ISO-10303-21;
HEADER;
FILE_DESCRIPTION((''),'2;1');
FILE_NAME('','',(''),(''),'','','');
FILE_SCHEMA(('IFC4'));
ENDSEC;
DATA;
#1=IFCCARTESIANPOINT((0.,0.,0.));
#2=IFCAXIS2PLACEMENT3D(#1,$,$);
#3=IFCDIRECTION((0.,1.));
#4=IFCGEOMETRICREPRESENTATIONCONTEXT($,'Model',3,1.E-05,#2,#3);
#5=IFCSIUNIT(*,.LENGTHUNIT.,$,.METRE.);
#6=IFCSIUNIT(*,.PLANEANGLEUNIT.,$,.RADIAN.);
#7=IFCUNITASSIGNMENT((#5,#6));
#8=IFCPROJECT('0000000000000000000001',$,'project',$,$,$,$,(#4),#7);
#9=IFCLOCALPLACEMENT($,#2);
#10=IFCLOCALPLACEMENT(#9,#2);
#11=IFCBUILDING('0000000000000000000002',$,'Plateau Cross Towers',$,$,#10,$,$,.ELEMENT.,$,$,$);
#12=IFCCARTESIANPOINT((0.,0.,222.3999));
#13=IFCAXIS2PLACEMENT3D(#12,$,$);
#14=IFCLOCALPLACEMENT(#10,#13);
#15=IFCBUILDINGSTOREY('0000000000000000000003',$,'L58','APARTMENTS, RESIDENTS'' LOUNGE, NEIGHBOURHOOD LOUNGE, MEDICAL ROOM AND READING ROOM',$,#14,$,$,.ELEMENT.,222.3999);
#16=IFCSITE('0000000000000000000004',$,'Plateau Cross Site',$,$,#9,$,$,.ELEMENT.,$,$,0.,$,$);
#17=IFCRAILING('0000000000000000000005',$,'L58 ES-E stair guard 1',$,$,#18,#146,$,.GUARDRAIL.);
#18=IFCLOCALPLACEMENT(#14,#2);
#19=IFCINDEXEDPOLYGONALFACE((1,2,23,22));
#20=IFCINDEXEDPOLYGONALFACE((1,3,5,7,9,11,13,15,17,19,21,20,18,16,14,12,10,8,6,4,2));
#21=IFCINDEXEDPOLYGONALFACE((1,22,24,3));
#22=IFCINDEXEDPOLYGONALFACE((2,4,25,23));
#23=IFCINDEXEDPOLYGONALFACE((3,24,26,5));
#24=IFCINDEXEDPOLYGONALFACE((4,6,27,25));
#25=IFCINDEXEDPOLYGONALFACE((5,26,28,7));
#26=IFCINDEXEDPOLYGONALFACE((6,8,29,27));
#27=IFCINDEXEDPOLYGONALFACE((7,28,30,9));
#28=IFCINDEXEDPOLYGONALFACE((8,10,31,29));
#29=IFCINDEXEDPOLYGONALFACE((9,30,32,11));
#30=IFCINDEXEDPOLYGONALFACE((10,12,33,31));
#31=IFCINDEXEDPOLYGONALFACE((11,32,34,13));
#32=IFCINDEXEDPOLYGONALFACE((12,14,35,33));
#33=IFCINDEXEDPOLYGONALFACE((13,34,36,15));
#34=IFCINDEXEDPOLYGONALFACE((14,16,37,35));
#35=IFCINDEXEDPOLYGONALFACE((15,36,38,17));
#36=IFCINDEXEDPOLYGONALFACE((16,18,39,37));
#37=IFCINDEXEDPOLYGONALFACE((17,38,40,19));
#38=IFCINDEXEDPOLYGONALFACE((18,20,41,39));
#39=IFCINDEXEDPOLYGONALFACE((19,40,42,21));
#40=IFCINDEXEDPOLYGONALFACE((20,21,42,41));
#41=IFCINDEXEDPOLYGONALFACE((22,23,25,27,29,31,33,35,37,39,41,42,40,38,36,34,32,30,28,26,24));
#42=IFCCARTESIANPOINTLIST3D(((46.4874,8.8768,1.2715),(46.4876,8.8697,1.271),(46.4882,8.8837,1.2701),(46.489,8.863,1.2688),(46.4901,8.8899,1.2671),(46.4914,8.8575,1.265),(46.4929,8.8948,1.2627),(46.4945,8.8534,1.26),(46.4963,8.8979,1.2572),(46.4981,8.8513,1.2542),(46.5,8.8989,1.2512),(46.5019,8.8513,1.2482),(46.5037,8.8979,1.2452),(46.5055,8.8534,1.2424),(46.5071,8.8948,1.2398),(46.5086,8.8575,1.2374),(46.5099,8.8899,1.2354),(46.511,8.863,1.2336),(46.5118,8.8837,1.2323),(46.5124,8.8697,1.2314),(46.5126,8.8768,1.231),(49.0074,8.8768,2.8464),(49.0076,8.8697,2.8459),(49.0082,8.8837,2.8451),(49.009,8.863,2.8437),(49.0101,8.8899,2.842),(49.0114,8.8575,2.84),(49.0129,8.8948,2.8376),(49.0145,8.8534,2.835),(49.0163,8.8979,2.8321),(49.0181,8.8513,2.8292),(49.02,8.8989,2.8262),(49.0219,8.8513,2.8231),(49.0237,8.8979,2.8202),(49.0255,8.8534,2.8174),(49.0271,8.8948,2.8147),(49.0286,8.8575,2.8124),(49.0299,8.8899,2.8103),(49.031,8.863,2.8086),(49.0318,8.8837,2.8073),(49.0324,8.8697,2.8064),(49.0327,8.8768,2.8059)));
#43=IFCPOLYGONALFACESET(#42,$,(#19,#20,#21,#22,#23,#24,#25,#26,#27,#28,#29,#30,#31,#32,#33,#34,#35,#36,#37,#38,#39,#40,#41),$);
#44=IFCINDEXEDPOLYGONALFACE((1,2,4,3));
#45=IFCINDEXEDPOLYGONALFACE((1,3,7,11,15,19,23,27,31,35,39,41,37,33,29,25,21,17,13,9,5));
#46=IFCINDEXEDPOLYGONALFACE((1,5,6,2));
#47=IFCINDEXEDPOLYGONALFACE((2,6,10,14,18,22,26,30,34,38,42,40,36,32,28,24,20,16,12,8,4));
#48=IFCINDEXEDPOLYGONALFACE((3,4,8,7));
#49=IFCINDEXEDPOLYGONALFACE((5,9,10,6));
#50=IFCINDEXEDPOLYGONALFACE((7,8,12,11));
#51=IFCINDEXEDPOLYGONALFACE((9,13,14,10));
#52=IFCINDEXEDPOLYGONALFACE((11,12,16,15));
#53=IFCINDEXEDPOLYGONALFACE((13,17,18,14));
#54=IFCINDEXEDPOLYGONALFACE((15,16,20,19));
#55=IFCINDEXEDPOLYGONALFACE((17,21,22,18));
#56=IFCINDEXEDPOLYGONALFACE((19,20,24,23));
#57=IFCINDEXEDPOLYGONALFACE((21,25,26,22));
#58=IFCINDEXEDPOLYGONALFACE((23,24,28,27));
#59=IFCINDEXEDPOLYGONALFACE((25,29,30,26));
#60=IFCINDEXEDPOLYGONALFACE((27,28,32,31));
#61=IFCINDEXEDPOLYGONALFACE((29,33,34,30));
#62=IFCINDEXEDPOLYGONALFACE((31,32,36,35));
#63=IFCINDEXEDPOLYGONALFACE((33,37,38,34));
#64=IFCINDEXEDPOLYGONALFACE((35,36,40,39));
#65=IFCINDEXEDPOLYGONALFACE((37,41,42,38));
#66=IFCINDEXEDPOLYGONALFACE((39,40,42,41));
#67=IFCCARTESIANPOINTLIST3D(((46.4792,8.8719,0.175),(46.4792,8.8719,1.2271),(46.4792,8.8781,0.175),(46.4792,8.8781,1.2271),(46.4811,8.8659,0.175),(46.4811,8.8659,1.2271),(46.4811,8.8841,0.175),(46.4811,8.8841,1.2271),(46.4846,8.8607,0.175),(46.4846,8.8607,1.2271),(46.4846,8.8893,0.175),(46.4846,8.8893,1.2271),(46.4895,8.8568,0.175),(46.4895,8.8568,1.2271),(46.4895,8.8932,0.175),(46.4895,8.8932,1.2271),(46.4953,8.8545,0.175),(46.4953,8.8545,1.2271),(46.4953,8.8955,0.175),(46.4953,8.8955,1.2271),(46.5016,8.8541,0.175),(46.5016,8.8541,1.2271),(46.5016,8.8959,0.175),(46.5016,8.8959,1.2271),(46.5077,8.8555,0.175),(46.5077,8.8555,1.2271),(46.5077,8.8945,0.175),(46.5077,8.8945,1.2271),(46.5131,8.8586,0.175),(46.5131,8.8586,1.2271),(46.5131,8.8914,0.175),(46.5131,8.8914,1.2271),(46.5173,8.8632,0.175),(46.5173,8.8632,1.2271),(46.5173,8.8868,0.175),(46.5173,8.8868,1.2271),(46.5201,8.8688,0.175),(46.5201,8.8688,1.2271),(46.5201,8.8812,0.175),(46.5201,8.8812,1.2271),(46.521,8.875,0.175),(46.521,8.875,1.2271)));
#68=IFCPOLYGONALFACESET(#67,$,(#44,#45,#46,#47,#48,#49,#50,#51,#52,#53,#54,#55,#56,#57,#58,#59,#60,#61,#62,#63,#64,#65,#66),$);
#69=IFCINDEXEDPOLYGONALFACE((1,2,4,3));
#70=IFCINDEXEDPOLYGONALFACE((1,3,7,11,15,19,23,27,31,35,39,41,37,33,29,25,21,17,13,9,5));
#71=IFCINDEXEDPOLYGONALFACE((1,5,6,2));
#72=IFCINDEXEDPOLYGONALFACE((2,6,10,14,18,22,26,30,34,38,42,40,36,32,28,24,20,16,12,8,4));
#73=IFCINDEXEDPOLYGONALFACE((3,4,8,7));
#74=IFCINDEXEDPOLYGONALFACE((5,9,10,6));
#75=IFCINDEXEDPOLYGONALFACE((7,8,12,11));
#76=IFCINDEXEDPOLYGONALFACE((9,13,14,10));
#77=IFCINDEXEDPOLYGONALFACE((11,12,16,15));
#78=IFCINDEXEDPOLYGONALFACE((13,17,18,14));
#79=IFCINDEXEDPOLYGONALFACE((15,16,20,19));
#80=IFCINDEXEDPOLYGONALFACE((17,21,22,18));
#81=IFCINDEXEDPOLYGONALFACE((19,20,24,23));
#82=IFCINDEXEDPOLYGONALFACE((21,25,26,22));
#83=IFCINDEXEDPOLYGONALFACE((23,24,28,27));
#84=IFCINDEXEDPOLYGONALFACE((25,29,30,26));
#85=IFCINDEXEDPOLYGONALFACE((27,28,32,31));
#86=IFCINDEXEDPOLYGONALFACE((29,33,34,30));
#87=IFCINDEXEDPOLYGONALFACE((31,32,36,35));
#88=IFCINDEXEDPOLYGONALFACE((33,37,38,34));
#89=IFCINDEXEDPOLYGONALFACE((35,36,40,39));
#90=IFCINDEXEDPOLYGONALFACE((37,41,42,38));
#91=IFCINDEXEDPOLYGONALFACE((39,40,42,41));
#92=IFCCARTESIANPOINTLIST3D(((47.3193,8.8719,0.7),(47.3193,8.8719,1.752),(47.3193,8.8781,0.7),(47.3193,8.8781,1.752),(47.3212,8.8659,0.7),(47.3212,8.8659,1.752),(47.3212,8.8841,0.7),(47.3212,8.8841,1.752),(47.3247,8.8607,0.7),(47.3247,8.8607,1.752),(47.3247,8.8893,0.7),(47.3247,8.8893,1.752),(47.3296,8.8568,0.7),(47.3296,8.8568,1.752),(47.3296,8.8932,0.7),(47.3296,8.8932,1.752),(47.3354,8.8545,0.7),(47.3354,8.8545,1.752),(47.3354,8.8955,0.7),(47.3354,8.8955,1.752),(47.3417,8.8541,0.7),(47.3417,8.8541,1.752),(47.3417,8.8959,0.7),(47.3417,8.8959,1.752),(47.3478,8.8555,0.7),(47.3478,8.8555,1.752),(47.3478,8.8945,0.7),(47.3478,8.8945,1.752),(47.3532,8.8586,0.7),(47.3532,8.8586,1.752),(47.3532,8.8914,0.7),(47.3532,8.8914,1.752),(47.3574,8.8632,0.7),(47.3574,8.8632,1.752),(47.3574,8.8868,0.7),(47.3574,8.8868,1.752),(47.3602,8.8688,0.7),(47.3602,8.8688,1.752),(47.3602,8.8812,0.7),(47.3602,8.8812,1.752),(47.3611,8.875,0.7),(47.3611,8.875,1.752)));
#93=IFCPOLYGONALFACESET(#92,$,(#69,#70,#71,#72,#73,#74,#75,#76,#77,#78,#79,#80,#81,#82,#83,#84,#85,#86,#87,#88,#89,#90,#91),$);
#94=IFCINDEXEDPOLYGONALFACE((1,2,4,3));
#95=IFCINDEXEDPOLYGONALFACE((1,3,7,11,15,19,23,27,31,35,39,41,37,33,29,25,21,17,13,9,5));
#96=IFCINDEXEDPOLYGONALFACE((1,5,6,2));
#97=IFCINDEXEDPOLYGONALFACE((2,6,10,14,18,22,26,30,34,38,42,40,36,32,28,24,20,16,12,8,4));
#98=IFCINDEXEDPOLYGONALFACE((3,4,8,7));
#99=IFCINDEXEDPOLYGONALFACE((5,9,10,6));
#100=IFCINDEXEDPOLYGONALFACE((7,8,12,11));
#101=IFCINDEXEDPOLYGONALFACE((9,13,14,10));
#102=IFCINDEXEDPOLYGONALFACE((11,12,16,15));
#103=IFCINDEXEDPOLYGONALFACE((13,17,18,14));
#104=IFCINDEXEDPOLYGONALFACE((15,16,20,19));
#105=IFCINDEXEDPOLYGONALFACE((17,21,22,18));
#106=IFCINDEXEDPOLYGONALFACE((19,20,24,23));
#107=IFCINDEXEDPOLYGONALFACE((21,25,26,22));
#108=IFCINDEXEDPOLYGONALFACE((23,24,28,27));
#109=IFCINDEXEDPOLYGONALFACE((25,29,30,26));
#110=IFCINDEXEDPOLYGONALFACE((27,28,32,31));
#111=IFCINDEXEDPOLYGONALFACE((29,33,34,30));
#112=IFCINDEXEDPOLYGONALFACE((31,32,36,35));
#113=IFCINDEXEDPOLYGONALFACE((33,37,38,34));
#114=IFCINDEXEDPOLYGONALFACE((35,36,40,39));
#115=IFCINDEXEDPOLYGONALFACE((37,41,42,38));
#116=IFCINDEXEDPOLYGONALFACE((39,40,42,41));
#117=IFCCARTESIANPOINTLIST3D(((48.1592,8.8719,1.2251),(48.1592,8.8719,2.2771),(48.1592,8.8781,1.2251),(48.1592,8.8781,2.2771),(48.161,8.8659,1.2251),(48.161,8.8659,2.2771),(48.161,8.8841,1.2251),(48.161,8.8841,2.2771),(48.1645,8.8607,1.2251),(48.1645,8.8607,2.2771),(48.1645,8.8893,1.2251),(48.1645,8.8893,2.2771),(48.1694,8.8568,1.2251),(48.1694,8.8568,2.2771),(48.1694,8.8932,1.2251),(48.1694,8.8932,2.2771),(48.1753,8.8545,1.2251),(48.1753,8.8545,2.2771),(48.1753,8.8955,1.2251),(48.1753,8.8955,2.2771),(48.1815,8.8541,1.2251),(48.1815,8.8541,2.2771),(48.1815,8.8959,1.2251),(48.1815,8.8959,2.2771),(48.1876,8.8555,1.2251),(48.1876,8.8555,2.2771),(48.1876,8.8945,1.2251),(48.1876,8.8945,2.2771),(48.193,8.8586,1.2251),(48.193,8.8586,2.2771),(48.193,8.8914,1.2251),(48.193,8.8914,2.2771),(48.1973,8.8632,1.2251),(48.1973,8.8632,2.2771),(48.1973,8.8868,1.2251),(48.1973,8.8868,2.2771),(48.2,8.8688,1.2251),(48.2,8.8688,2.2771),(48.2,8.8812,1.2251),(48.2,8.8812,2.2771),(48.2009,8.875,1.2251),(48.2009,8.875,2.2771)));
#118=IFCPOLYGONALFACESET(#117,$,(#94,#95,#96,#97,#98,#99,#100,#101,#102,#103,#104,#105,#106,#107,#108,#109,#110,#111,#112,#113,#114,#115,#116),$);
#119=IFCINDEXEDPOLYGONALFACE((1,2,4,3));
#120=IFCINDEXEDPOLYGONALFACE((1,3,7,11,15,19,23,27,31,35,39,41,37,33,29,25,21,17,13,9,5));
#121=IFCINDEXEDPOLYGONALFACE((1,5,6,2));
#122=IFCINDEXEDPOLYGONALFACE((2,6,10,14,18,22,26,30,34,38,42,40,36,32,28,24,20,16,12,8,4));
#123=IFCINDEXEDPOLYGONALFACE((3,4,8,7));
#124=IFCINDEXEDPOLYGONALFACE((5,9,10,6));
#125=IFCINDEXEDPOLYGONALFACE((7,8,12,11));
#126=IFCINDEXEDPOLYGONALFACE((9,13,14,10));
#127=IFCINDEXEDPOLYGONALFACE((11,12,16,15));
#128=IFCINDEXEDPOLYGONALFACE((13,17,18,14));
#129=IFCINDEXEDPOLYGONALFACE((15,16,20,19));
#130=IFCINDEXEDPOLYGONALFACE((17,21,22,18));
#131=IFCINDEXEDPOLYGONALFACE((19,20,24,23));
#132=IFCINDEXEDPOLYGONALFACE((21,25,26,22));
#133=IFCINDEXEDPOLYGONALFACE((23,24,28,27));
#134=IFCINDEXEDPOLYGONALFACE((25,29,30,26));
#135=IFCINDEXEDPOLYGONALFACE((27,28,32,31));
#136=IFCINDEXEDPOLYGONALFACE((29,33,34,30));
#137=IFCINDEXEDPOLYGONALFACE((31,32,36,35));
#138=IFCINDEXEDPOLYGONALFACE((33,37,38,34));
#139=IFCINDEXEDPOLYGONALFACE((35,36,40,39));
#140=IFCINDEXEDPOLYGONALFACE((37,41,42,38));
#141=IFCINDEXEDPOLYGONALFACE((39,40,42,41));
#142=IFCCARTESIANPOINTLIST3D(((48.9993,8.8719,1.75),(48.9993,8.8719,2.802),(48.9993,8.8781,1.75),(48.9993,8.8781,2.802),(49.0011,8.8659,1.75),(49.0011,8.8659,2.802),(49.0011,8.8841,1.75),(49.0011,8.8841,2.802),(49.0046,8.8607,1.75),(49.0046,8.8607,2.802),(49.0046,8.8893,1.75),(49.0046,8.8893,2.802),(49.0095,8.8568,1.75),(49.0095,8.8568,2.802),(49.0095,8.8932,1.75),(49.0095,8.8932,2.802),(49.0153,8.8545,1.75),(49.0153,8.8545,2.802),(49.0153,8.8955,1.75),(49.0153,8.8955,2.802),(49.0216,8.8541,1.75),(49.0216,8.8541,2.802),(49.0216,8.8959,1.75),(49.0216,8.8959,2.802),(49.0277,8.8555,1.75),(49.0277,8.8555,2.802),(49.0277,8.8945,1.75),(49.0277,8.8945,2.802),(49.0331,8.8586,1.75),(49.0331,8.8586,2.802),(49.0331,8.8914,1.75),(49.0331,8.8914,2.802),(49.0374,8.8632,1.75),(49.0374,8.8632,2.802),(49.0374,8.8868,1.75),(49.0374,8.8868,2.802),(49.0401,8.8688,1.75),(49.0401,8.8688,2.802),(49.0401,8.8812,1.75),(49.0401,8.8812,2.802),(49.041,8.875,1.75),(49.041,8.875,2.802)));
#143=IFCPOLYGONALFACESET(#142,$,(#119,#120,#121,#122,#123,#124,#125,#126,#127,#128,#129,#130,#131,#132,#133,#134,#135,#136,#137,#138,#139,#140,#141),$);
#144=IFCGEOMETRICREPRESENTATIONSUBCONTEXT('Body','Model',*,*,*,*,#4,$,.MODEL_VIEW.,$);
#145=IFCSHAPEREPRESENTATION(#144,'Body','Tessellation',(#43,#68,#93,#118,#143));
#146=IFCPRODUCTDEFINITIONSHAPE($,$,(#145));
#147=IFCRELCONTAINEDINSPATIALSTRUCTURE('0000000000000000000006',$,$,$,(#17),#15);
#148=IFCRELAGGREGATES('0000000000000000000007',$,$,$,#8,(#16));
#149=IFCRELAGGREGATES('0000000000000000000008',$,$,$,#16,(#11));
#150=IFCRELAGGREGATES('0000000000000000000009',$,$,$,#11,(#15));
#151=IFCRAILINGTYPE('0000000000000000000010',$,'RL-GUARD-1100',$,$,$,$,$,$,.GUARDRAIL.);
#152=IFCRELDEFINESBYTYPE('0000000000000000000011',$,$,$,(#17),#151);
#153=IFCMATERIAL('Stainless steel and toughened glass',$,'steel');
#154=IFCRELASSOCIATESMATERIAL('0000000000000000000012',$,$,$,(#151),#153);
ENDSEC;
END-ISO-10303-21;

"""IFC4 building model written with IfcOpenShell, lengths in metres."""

from ifc_helpers import new_model, si_unit, direction, frame, origin, origin_2d, place, context, subcontext, project, spatial, circle, extrude, material, type_object, element, save


model = new_model("IFC4")

# Units and contexts
model_context = context("Model", 3, precision=1e-05, world=origin(), true_north=direction((0.0, 1.0)))
body_context = subcontext(model_context, "Body", "Model", "MODEL_VIEW")
ifc_project = project(units=[si_unit("LENGTHUNIT", "METRE"), si_unit("PLANEANGLEUNIT", "RADIAN")], contexts=[model_context])

# Site, building, storey
site_placement = place(None, origin())
site = spatial("IfcSite", under=ifc_project, at=site_placement, Name="Plateau Cross Site", CompositionType="ELEMENT", RefElevation=0.0)
building_placement = place(site_placement, origin())
building = spatial("IfcBuilding", under=site, at=building_placement, Name="Plateau Cross Towers", CompositionType="ELEMENT")
storey_placement = place(building_placement, frame((0.0, 0.0, 222.3999)))
storey = spatial("IfcBuildingStorey", under=building, at=storey_placement, Name="L58", Description="APARTMENTS, RESIDENTS' LOUNGE, NEIGHBOURHOOD LOUNGE, MEDICAL ROOM AND READING ROOM", CompositionType="ELEMENT", Elevation=222.3999)

# Railing
ifc_material_1 = material(Name="Stainless steel and toughened glass", Category="steel")
railing_type_1 = type_object("IfcRailingType", Name="RL-GUARD-1100", PredefinedType="GUARDRAIL", material=ifc_material_1)
railing_1_placement = place(storey_placement, frame((46.5, 8.875, 0.175)))
element("IfcRailing", 1, at=railing_1_placement, inside=storey, type_object=railing_type_1, Name="L58 ES-E stair guard 1", PredefinedType="GUARDRAIL", context=body_context, shape_type="SweptSolid", body=[
    extrude(circle(Radius=0.0239, at=origin_2d()), frame((0.0, 0.0, 1.0762), z_axis=(0.848008, 0.0, 0.529984), x_axis=(0.0, 1.0, 0.0)), (0.0, 0.0, 1.0), 2.9717),
    extrude(circle(Radius=0.021, at=origin_2d()), origin(), (0.0, 0.0, 1.0), 1.052),
    extrude(circle(Radius=0.021, at=origin_2d()), frame((0.8401, 0.0, 0.5249)), (0.0, 0.0, 1.0), 1.052),
    extrude(circle(Radius=0.021, at=origin_2d()), frame((1.6799, 0.0, 1.05)), (0.0, 0.0, 1.0), 1.052),
    extrude(circle(Radius=0.021, at=origin_2d()), frame((2.52, 0.0, 1.575)), (0.0, 0.0, 1.0), 1.052),
])

save(model, "model.ifc")
